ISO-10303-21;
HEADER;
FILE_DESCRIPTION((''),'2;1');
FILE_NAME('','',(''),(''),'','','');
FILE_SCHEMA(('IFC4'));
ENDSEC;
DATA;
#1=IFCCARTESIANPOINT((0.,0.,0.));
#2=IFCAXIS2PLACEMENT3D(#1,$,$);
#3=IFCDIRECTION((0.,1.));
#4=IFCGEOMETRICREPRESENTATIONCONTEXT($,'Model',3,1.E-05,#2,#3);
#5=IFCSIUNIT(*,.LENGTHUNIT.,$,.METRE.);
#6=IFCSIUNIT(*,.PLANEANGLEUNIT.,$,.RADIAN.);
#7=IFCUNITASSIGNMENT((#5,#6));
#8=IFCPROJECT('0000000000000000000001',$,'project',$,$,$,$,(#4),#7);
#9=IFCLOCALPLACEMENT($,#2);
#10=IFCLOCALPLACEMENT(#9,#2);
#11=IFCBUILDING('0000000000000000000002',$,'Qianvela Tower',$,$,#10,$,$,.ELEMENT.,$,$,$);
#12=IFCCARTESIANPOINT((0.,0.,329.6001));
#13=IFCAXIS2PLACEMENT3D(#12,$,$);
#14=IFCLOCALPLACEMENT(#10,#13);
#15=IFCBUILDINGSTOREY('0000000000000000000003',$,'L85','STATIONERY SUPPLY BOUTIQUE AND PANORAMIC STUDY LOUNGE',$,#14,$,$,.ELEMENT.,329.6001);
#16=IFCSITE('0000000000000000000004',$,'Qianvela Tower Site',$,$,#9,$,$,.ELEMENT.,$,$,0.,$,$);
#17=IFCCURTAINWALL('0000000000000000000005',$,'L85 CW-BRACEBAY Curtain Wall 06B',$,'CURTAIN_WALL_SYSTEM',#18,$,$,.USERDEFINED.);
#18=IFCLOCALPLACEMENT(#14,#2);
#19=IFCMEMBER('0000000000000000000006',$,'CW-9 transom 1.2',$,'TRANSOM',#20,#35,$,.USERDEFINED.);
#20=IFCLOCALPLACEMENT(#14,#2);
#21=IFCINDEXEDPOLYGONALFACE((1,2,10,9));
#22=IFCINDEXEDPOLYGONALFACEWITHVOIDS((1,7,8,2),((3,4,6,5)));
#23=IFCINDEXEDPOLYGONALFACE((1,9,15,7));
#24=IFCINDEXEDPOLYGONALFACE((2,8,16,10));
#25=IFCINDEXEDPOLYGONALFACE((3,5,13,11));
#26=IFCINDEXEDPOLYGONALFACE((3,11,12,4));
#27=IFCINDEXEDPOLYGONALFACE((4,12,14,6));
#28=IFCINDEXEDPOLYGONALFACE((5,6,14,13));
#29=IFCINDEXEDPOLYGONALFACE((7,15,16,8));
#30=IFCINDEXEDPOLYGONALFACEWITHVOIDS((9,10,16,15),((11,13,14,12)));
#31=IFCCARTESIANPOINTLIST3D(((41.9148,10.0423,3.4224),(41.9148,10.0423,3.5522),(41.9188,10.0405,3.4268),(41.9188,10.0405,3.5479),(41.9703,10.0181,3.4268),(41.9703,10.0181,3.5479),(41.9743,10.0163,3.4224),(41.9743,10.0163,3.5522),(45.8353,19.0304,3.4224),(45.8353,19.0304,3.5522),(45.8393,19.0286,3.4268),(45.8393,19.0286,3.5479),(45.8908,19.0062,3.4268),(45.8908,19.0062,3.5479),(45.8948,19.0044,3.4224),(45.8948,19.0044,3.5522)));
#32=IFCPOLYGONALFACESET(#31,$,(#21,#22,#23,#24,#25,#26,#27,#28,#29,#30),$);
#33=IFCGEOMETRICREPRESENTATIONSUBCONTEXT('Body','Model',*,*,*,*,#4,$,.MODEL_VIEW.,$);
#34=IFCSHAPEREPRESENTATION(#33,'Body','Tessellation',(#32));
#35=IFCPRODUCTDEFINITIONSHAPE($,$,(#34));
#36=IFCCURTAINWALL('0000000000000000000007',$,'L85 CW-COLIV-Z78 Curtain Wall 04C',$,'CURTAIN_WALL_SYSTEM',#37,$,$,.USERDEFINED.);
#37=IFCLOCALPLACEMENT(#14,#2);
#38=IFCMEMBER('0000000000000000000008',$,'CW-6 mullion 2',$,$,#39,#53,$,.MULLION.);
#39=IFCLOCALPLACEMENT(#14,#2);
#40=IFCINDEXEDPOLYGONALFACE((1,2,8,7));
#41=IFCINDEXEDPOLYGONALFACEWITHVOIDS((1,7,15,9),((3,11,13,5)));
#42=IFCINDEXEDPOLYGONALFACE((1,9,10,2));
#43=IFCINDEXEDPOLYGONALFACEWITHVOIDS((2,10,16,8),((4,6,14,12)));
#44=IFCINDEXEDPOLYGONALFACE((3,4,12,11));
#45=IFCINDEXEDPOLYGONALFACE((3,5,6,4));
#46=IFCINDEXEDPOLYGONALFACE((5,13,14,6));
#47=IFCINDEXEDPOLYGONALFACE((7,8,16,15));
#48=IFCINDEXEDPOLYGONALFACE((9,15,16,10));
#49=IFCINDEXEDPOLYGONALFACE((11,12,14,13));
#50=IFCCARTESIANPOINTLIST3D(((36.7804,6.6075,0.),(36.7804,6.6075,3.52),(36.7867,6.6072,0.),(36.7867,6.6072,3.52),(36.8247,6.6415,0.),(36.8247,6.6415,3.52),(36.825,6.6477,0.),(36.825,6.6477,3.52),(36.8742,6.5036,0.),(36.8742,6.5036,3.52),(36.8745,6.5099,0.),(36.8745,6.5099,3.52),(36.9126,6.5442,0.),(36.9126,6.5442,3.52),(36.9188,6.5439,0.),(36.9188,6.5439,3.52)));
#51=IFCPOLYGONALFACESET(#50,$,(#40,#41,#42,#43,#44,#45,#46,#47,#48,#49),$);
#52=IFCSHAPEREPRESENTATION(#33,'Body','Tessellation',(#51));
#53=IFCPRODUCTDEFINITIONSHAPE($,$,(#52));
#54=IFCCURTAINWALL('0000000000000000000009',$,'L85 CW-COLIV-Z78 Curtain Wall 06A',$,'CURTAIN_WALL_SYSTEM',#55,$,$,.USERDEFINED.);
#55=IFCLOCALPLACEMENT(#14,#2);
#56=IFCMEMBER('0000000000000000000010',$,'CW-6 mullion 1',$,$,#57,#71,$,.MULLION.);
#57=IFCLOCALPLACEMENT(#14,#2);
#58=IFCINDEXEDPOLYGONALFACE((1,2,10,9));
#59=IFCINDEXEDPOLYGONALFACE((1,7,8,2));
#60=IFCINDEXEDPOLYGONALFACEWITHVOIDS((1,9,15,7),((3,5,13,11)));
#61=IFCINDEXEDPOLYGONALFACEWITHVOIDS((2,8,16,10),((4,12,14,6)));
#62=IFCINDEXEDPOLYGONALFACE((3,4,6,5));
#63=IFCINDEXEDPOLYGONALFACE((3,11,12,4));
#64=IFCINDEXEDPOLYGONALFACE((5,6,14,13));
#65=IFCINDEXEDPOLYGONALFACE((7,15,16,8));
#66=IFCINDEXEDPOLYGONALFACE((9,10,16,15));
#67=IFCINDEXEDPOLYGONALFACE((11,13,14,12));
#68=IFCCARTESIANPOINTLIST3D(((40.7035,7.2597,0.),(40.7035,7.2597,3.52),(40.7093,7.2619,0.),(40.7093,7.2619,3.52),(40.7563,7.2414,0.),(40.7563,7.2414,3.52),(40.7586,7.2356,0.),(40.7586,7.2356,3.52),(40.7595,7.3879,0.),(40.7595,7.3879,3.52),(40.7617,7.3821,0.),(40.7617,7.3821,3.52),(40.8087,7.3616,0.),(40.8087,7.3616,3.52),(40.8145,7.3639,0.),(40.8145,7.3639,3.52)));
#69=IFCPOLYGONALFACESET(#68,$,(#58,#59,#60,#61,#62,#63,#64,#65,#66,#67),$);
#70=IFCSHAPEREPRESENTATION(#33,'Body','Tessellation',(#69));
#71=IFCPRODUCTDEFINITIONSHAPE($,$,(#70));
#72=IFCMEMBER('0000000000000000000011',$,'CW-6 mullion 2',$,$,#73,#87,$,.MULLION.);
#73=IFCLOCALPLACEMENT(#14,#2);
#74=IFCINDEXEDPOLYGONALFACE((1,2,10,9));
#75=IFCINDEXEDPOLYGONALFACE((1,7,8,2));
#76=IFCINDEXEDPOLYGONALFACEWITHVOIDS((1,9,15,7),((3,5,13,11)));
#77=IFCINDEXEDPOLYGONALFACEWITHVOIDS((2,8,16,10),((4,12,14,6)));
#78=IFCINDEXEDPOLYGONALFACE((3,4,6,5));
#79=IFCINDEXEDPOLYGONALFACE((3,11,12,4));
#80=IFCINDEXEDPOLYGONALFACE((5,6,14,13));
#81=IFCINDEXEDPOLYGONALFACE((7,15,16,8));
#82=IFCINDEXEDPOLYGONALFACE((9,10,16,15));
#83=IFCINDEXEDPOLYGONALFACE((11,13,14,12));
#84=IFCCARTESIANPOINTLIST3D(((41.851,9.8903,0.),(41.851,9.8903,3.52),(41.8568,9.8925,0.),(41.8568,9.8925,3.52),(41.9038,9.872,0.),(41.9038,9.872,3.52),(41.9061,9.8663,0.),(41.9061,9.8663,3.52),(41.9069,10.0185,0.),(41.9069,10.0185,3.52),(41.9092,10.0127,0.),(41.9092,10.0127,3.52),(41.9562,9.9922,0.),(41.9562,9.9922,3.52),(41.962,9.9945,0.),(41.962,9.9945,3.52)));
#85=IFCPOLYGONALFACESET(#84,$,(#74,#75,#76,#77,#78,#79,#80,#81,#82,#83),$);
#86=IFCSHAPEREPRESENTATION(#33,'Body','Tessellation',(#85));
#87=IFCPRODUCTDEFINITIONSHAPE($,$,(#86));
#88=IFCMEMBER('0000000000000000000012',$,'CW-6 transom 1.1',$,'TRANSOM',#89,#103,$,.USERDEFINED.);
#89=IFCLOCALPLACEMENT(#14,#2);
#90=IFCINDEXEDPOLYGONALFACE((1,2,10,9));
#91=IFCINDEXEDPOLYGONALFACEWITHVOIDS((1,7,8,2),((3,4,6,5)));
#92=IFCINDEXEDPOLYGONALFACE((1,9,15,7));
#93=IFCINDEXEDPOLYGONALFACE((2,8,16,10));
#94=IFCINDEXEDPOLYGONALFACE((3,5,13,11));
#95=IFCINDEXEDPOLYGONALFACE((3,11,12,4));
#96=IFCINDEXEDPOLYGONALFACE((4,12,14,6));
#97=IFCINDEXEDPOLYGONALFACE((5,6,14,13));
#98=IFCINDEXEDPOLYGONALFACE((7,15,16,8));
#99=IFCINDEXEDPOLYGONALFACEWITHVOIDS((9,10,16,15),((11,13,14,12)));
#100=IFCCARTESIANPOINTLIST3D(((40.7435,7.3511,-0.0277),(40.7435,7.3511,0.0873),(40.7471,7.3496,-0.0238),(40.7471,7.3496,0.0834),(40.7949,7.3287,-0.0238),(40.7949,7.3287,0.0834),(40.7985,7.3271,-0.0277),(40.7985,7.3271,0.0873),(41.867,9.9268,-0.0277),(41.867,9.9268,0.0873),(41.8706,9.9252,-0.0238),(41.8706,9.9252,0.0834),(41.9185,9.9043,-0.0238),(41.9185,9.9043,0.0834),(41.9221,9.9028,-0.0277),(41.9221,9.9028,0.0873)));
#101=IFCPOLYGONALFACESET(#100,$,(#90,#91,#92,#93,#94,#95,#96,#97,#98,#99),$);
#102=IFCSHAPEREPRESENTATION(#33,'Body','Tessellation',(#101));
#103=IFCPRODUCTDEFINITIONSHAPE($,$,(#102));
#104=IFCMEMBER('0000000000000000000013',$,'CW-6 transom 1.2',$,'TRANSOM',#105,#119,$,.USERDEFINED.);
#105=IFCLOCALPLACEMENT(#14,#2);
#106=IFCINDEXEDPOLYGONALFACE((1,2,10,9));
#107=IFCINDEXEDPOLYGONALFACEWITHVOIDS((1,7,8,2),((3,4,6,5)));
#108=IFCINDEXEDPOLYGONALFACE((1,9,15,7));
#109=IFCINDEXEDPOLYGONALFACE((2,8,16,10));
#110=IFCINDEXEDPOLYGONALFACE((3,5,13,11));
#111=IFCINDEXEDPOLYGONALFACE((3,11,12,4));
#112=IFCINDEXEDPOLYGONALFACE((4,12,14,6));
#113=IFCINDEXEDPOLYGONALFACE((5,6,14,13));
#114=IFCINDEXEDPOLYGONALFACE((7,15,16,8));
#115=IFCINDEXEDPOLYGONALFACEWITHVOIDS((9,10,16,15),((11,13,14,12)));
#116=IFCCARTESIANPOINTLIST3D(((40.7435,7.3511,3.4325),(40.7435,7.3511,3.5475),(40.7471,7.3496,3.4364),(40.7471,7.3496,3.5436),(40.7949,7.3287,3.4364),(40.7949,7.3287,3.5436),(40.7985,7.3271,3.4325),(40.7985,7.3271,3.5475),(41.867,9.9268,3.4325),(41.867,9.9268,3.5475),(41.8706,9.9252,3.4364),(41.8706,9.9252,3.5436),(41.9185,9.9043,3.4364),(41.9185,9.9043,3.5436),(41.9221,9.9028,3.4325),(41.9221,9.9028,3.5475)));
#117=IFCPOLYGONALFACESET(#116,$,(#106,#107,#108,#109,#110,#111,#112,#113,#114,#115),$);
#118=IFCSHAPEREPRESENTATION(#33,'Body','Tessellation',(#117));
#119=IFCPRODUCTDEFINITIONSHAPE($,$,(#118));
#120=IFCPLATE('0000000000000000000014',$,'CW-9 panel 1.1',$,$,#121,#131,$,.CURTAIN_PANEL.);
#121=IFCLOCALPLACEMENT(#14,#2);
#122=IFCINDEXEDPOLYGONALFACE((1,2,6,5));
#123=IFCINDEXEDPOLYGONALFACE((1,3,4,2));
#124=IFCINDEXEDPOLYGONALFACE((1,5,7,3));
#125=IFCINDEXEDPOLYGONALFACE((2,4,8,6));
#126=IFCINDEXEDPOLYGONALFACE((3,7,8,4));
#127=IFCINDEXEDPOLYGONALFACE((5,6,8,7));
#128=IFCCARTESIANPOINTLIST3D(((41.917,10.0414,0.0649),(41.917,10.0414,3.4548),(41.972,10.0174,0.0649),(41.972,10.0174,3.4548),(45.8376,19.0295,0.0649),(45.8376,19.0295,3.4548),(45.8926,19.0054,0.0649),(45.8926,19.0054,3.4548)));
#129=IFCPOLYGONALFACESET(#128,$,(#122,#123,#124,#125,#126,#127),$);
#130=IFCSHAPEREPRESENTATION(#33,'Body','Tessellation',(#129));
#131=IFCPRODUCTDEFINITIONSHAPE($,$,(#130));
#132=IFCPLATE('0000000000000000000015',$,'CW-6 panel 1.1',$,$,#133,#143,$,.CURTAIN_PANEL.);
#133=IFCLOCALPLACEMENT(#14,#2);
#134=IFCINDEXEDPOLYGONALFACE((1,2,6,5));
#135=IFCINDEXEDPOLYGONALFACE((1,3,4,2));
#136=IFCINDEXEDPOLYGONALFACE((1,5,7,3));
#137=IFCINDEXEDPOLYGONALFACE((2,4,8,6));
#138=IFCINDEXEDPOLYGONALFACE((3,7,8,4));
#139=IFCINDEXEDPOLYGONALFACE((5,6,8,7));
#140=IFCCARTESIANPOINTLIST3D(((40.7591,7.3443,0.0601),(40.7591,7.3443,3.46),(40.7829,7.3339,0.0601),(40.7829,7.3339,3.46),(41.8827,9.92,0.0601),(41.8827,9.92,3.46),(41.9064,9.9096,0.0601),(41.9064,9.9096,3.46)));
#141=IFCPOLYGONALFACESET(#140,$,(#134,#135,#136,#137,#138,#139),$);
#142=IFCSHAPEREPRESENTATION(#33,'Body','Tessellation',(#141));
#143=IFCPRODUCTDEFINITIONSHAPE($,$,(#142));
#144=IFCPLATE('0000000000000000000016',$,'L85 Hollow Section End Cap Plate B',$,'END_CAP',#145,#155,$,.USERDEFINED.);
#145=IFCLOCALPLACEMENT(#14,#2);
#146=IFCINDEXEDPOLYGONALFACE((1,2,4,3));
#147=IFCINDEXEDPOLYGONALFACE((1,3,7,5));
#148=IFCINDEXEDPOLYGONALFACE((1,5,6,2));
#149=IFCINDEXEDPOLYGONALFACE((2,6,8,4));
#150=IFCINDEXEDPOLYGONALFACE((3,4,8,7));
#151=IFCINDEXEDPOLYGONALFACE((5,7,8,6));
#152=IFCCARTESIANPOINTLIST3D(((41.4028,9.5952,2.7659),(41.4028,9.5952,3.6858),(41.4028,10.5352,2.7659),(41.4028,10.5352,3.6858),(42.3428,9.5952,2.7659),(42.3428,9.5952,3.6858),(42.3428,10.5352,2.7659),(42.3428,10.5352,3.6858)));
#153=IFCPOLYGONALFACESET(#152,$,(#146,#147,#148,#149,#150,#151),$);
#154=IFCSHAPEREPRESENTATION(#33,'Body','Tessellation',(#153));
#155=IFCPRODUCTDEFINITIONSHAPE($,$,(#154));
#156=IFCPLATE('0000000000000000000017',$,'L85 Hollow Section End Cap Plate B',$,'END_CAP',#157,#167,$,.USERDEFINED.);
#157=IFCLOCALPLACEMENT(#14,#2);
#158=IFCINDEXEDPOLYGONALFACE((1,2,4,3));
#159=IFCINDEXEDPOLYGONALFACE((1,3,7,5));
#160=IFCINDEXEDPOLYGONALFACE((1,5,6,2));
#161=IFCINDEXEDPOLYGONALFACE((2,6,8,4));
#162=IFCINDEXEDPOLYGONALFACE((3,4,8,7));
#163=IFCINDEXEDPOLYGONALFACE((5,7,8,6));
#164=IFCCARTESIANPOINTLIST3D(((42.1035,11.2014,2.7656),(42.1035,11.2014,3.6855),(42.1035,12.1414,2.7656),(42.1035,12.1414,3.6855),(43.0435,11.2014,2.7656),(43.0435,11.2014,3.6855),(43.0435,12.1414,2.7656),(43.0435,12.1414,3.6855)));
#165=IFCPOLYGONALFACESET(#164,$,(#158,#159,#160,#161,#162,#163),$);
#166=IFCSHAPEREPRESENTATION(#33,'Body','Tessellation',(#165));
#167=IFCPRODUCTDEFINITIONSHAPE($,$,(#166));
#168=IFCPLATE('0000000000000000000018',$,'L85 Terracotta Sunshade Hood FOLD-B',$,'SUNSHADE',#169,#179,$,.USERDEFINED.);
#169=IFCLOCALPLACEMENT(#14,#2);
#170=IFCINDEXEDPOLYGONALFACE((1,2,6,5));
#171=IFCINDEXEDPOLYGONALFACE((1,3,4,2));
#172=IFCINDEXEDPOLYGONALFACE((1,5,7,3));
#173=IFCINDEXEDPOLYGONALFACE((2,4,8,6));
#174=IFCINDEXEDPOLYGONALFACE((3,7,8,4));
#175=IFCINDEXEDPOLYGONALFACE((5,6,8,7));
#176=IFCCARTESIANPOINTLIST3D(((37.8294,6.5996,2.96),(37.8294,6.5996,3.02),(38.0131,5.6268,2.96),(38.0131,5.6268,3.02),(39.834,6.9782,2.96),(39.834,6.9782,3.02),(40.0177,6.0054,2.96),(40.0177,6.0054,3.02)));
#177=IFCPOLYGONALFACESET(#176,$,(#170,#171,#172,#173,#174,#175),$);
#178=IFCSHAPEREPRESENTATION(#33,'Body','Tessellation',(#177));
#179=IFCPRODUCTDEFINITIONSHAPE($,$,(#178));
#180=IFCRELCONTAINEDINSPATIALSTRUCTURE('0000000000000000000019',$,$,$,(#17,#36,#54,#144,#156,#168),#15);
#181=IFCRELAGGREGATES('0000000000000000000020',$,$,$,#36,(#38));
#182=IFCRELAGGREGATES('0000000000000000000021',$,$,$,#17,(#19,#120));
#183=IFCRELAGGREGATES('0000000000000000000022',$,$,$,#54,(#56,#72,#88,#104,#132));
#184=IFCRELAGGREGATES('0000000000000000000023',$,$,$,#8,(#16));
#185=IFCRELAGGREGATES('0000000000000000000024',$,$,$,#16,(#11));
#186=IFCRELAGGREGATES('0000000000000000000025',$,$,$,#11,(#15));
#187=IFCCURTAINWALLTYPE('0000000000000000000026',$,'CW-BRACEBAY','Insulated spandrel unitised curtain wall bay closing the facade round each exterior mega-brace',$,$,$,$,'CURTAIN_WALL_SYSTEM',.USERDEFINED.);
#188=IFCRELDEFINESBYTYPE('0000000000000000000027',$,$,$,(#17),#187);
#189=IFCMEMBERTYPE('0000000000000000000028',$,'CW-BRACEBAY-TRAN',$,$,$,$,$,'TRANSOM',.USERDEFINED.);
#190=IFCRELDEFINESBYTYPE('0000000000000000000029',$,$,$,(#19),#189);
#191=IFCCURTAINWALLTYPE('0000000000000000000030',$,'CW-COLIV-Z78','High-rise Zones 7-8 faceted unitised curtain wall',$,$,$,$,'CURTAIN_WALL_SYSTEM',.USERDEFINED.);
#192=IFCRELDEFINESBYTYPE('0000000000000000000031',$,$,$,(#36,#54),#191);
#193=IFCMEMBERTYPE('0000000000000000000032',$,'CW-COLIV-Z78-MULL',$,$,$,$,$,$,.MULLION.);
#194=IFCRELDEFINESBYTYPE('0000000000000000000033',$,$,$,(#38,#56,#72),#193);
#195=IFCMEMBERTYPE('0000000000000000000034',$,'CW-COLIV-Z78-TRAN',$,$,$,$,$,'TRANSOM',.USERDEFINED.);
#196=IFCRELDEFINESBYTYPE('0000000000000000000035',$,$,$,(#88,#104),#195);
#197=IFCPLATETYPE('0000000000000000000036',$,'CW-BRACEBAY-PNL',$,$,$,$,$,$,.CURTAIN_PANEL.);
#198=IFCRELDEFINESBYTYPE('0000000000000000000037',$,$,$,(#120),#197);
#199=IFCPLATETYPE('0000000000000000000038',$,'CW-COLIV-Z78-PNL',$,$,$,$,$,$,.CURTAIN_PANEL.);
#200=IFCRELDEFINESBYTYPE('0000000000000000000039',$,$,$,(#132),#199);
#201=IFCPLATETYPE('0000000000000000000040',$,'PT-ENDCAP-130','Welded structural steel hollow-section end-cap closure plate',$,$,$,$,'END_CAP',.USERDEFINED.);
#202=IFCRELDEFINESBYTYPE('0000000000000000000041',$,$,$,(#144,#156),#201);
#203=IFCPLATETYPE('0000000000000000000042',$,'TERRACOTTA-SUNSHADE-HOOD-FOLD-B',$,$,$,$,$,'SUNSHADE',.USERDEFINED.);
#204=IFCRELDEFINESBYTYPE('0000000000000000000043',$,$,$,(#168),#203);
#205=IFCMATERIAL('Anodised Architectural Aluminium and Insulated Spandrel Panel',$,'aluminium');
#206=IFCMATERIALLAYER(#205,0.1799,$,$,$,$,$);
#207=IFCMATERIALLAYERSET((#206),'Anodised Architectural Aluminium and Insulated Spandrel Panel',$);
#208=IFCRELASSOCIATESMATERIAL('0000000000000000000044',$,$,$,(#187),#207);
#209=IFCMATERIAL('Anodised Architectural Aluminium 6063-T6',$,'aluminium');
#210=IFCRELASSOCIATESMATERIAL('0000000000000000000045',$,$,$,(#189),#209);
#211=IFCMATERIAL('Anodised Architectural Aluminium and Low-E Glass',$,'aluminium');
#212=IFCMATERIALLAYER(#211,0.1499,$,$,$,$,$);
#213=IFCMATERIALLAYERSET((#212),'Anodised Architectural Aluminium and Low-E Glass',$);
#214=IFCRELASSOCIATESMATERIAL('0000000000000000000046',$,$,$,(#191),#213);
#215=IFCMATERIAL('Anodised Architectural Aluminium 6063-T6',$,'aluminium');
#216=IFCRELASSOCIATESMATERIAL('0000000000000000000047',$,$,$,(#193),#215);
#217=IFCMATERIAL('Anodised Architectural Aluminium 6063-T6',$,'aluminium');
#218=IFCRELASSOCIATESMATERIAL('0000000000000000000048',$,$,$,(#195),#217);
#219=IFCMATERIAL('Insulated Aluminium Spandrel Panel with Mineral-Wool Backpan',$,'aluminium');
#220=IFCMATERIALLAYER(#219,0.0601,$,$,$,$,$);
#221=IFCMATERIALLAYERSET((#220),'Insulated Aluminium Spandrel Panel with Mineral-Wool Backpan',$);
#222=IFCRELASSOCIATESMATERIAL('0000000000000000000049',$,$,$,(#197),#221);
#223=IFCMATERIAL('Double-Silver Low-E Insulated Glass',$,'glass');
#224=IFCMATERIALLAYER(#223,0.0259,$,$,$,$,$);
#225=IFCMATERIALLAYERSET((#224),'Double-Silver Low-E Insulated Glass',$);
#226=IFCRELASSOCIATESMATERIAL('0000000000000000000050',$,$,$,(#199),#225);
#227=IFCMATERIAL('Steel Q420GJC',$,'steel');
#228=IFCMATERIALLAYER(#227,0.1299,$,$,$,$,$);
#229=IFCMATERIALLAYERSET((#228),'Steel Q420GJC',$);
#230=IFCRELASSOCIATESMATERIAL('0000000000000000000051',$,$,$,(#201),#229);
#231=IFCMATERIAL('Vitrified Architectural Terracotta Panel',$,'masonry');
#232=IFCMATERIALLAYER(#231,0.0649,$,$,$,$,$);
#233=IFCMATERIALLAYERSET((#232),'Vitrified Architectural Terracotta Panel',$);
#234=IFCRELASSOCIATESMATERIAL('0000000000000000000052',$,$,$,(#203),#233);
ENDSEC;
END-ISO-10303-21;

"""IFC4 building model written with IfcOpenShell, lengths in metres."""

from ifc_helpers import new_model, si_unit, direction, frame, origin, origin_2d, place, context, subcontext, project, spatial, rectangle, hollow_rectangle, extrude, material, layer, layer_set, material_profile, profile_set, type_object, element, aggregate, save


model = new_model("IFC4")

# Units and contexts
model_context = context("Model", 3, precision=1e-05, world=origin(), true_north=direction((0.0, 1.0)))
body_context = subcontext(model_context, "Body", "Model", "MODEL_VIEW")
ifc_project = project(units=[si_unit("LENGTHUNIT", "METRE"), si_unit("PLANEANGLEUNIT", "RADIAN")], contexts=[model_context])

# Site, building, storey
site_placement = place(None, origin())
site = spatial("IfcSite", under=ifc_project, at=site_placement, Name="Qianvela Tower Site", CompositionType="ELEMENT", RefElevation=0.0)
building_placement = place(site_placement, origin())
building = spatial("IfcBuilding", under=site, at=building_placement, Name="Qianvela Tower", CompositionType="ELEMENT")
storey_placement = place(building_placement, frame((0.0, 0.0, 329.6001)))
storey = spatial("IfcBuildingStorey", under=building, at=storey_placement, Name="L85", Description="STATIONERY SUPPLY BOUTIQUE AND PANORAMIC STUDY LOUNGE", CompositionType="ELEMENT", Elevation=329.6001)

# Curtain wall, member
ifc_material_1 = material(Name="Anodised Architectural Aluminium and Insulated Spandrel Panel", Category="aluminium")
ifc_layer_1 = layer(ifc_material_1, 0.1799)
ifc_layer_set_1 = layer_set([ifc_layer_1], Name="Anodised Architectural Aluminium and Insulated Spandrel Panel")
curtain_wall_type_1 = type_object("IfcCurtainWallType", Name="CW-BRACEBAY", Description="Insulated spandrel unitised curtain wall bay closing the facade round each exterior mega-brace", ElementType="CURTAIN_WALL_SYSTEM", PredefinedType="USERDEFINED", material=ifc_layer_set_1)
curtain_wall_1_placement = place(storey_placement, origin())
curtain_wall_1 = element("IfcCurtainWall", 1, at=curtain_wall_1_placement, inside=storey, type_object=curtain_wall_type_1, Name="L85 CW-BRACEBAY Curtain Wall 06B", ObjectType="CURTAIN_WALL_SYSTEM", PredefinedType="USERDEFINED")
ifc_material_2 = material(Name="Anodised Architectural Aluminium 6063-T6", Category="aluminium")
ifc_material_profile_1 = material_profile(ifc_material_2, hollow_rectangle(XDim=0.0649, YDim=0.1299, WallThickness=0.0044, at=origin_2d()), Name="ALU-TRAN-65x130")
ifc_profile_set_1 = profile_set([ifc_material_profile_1], Name="Anodised Architectural Aluminium 6063-T6")
member_type_1 = type_object("IfcMemberType", Name="CW-BRACEBAY-TRAN", ElementType="TRANSOM", PredefinedType="USERDEFINED", material=ifc_profile_set_1)
member_1_placement = place(storey_placement, frame((41.9446, 10.0293, 3.4873), z_axis=(0.399804, 0.916601, 0.0), x_axis=(-0.916601, 0.399804, 0.0)))
member_1 = element("IfcMember", 2, at=member_1_placement, type_object=member_type_1, Name="CW-9 transom 1.2", ObjectType="TRANSOM", PredefinedType="USERDEFINED", context=body_context, shape_type="SweptSolid", body=[
    extrude(hollow_rectangle(XDim=0.0649, YDim=0.1299, WallThickness=0.0044, at=origin_2d()), origin(), (0.0, 0.0, 1.0), 9.8059),
])

# Curtain wall, member
ifc_material_3 = material(Name="Anodised Architectural Aluminium and Low-E Glass", Category="aluminium")
ifc_layer_2 = layer(ifc_material_3, 0.1499)
ifc_layer_set_2 = layer_set([ifc_layer_2], Name="Anodised Architectural Aluminium and Low-E Glass")
curtain_wall_type_2 = type_object("IfcCurtainWallType", Name="CW-COLIV-Z78", Description="High-rise Zones 7-8 faceted unitised curtain wall", ElementType="CURTAIN_WALL_SYSTEM", PredefinedType="USERDEFINED", material=ifc_layer_set_2)
curtain_wall_2_placement = place(storey_placement, origin())
curtain_wall_2 = element("IfcCurtainWall", 3, at=curtain_wall_2_placement, inside=storey, type_object=curtain_wall_type_2, Name="L85 CW-COLIV-Z78 Curtain Wall 04C", ObjectType="CURTAIN_WALL_SYSTEM", PredefinedType="USERDEFINED")
ifc_material_4 = material(Name="Anodised Architectural Aluminium 6063-T6", Category="aluminium")
ifc_material_profile_2 = material_profile(ifc_material_4, hollow_rectangle(XDim=0.0601, YDim=0.1399, WallThickness=0.0044, at=origin_2d()), Name="ALU-MULL-60x140")
ifc_profile_set_2 = profile_set([ifc_material_profile_2], Name="Anodised Architectural Aluminium 6063-T6")
member_type_2 = type_object("IfcMemberType", Name="CW-COLIV-Z78-MULL", PredefinedType="MULLION", material=ifc_profile_set_2)
member_2_placement = place(storey_placement, frame((36.8496, 6.5757, 0.0), z_axis=(0.0, 0.0, 1.0), x_axis=(0.742213, 0.670164, 0.0)))
member_2 = element("IfcMember", 4, at=member_2_placement, type_object=member_type_2, Name="CW-6 mullion 2", PredefinedType="MULLION", context=body_context, shape_type="SweptSolid", body=[
    extrude(hollow_rectangle(XDim=0.0601, YDim=0.1399, WallThickness=0.0044, at=origin_2d()), origin(), (0.0, 0.0, 1.0), 3.52),
])
aggregate(curtain_wall_2, [member_2])

# Curtain wall, members
curtain_wall_3_placement = place(storey_placement, origin())
curtain_wall_3 = element("IfcCurtainWall", 5, at=curtain_wall_3_placement, inside=storey, type_object=curtain_wall_type_2, Name="L85 CW-COLIV-Z78 Curtain Wall 06A", ObjectType="CURTAIN_WALL_SYSTEM", PredefinedType="USERDEFINED")
member_3_placement = place(storey_placement, frame((40.759, 7.3118, 0.0), z_axis=(0.0, 0.0, 1.0), x_axis=(-0.916589, 0.39983, 0.0)))
member_3 = element("IfcMember", 6, at=member_3_placement, type_object=member_type_2, Name="CW-6 mullion 1", PredefinedType="MULLION", context=body_context, shape_type="SweptSolid", body=[
    extrude(hollow_rectangle(XDim=0.0601, YDim=0.1399, WallThickness=0.0044, at=origin_2d()), origin(), (0.0, 0.0, 1.0), 3.52),
])
member_4_placement = place(storey_placement, frame((41.9065, 9.9424, 0.0), z_axis=(0.0, 0.0, 1.0), x_axis=(-0.916589, 0.39983, 0.0)))
member_4 = element("IfcMember", 7, at=member_4_placement, type_object=member_type_2, Name="CW-6 mullion 2", PredefinedType="MULLION", context=body_context, shape_type="SweptSolid", body=[
    extrude(hollow_rectangle(XDim=0.0601, YDim=0.1399, WallThickness=0.0044, at=origin_2d()), origin(), (0.0, 0.0, 1.0), 3.52),
])
ifc_material_5 = material(Name="Anodised Architectural Aluminium 6063-T6", Category="aluminium")
ifc_material_profile_3 = material_profile(ifc_material_5, hollow_rectangle(XDim=0.0601, YDim=0.115, WallThickness=0.0039, at=origin_2d()), Name="ALU-TRAN-60x115")
ifc_profile_set_3 = profile_set([ifc_material_profile_3], Name="Anodised Architectural Aluminium 6063-T6")
member_type_3 = type_object("IfcMemberType", Name="CW-COLIV-Z78-TRAN", ElementType="TRANSOM", PredefinedType="USERDEFINED", material=ifc_profile_set_3)
member_5_placement = place(storey_placement, frame((40.771, 7.3391, 0.0298), z_axis=(0.399825, 0.916591, 0.0), x_axis=(-0.916591, 0.399825, 0.0)))
member_5 = element("IfcMember", 8, at=member_5_placement, type_object=member_type_3, Name="CW-6 transom 1.1", ObjectType="TRANSOM", PredefinedType="USERDEFINED", context=body_context, shape_type="SweptSolid", body=[
    extrude(hollow_rectangle(XDim=0.0601, YDim=0.115, WallThickness=0.0039, at=origin_2d()), origin(), (0.0, 0.0, 1.0), 2.8101),
])
member_6_placement = place(storey_placement, frame((40.771, 7.3391, 3.49), z_axis=(0.399825, 0.916591, 0.0), x_axis=(-0.916591, 0.399825, 0.0)))
member_6 = element("IfcMember", 9, at=member_6_placement, type_object=member_type_3, Name="CW-6 transom 1.2", ObjectType="TRANSOM", PredefinedType="USERDEFINED", context=body_context, shape_type="SweptSolid", body=[
    extrude(hollow_rectangle(XDim=0.0601, YDim=0.115, WallThickness=0.0039, at=origin_2d()), origin(), (0.0, 0.0, 1.0), 2.8101),
])

# Plates
ifc_material_6 = material(Name="Insulated Aluminium Spandrel Panel with Mineral-Wool Backpan", Category="aluminium")
ifc_layer_3 = layer(ifc_material_6, 0.0601)
ifc_layer_set_3 = layer_set([ifc_layer_3], Name="Insulated Aluminium Spandrel Panel with Mineral-Wool Backpan")
plate_type_1 = type_object("IfcPlateType", Name="CW-BRACEBAY-PNL", PredefinedType="CURTAIN_PANEL", material=ifc_layer_set_3)
plate_1_placement = place(storey_placement, frame((43.9048, 14.5234, 0.0649), z_axis=(0.0, 0.0, 1.0), x_axis=(0.399821, 0.916593, 0.0)))
plate_1 = element("IfcPlate", 10, at=plate_1_placement, type_object=plate_type_1, Name="CW-9 panel 1.1", PredefinedType="CURTAIN_PANEL", context=body_context, shape_type="SweptSolid", body=[
    extrude(rectangle(XDim=9.8059, YDim=0.0601, at=origin_2d()), origin(), (0.0, 0.0, 1.0), 3.3899),
])
aggregate(curtain_wall_1, [member_1, plate_1])
ifc_material_7 = material(Name="Double-Silver Low-E Insulated Glass", Category="glass")
ifc_layer_4 = layer(ifc_material_7, 0.0259)
ifc_layer_set_4 = layer_set([ifc_layer_4], Name="Double-Silver Low-E Insulated Glass")
plate_type_2 = type_object("IfcPlateType", Name="CW-COLIV-Z78-PNL", PredefinedType="CURTAIN_PANEL", material=ifc_layer_set_4)
plate_2_placement = place(storey_placement, frame((41.3328, 8.627, 0.0601), z_axis=(0.0, 0.0, 1.0), x_axis=(0.39983, 0.916589, 0.0)))
plate_2 = element("IfcPlate", 11, at=plate_2_placement, type_object=plate_type_2, Name="CW-6 panel 1.1", PredefinedType="CURTAIN_PANEL", context=body_context, shape_type="SweptSolid", body=[
    extrude(rectangle(XDim=2.8101, YDim=0.0259, at=origin_2d()), origin(), (0.0, 0.0, 1.0), 3.3999),
])
aggregate(curtain_wall_3, [member_3, member_4, member_5, member_6, plate_2])

# Plates
ifc_material_8 = material(Name="Steel Q420GJC", Category="steel")
ifc_layer_5 = layer(ifc_material_8, 0.1299)
ifc_layer_set_5 = layer_set([ifc_layer_5], Name="Steel Q420GJC")
plate_type_3 = type_object("IfcPlateType", Name="PT-ENDCAP-130", Description="Welded structural steel hollow-section end-cap closure plate", ElementType="END_CAP", PredefinedType="USERDEFINED", material=ifc_layer_set_5)
for number, where, z_axis, x_axis, name in (
    (12, (41.8728, 10.0652, 2.7659), (0.0, 0.0, 1.0), (1.0, 0.0, 0.0), "L85 Hollow Section End Cap Plate B"),
    (13, (42.5735, 11.6714, 2.7656), (0.0, 0.0, 1.0), (1.0, 0.0, 0.0), "L85 Hollow Section End Cap Plate B"),
):
    element("IfcPlate", number, at=place(storey_placement, frame(where, z_axis=z_axis, x_axis=x_axis)), inside=storey, type_object=plate_type_3, Name=name, ObjectType="END_CAP", PredefinedType="USERDEFINED", context=body_context, shape_type="SweptSolid", body=[
        extrude(rectangle(XDim=0.9399, YDim=0.9399, at=origin_2d()), origin(), (0.0, 0.0, 1.0), 0.9199),
    ])
ifc_material_9 = material(Name="Vitrified Architectural Terracotta Panel", Category="masonry")
ifc_layer_6 = layer(ifc_material_9, 0.0649)
ifc_layer_set_6 = layer_set([ifc_layer_6], Name="Vitrified Architectural Terracotta Panel")
plate_type_4 = type_object("IfcPlateType", Name="TERRACOTTA-SUNSHADE-HOOD-FOLD-B", ElementType="SUNSHADE", PredefinedType="USERDEFINED", material=ifc_layer_set_6)
plate_3_placement = place(storey_placement, frame((38.9236, 6.3025, 2.96), z_axis=(0.0, 0.0, 1.0), x_axis=(0.982633, 0.185559, 0.0)))
element("IfcPlate", 14, at=plate_3_placement, inside=storey, type_object=plate_type_4, Name="L85 Terracotta Sunshade Hood FOLD-B", ObjectType="SUNSHADE", PredefinedType="USERDEFINED", context=body_context, shape_type="SweptSolid", body=[
    extrude(rectangle(XDim=2.04, YDim=0.99, at=origin_2d()), origin(), (0.0, 0.0, 1.0), 0.0601),
])

save(model, "model.ifc")
